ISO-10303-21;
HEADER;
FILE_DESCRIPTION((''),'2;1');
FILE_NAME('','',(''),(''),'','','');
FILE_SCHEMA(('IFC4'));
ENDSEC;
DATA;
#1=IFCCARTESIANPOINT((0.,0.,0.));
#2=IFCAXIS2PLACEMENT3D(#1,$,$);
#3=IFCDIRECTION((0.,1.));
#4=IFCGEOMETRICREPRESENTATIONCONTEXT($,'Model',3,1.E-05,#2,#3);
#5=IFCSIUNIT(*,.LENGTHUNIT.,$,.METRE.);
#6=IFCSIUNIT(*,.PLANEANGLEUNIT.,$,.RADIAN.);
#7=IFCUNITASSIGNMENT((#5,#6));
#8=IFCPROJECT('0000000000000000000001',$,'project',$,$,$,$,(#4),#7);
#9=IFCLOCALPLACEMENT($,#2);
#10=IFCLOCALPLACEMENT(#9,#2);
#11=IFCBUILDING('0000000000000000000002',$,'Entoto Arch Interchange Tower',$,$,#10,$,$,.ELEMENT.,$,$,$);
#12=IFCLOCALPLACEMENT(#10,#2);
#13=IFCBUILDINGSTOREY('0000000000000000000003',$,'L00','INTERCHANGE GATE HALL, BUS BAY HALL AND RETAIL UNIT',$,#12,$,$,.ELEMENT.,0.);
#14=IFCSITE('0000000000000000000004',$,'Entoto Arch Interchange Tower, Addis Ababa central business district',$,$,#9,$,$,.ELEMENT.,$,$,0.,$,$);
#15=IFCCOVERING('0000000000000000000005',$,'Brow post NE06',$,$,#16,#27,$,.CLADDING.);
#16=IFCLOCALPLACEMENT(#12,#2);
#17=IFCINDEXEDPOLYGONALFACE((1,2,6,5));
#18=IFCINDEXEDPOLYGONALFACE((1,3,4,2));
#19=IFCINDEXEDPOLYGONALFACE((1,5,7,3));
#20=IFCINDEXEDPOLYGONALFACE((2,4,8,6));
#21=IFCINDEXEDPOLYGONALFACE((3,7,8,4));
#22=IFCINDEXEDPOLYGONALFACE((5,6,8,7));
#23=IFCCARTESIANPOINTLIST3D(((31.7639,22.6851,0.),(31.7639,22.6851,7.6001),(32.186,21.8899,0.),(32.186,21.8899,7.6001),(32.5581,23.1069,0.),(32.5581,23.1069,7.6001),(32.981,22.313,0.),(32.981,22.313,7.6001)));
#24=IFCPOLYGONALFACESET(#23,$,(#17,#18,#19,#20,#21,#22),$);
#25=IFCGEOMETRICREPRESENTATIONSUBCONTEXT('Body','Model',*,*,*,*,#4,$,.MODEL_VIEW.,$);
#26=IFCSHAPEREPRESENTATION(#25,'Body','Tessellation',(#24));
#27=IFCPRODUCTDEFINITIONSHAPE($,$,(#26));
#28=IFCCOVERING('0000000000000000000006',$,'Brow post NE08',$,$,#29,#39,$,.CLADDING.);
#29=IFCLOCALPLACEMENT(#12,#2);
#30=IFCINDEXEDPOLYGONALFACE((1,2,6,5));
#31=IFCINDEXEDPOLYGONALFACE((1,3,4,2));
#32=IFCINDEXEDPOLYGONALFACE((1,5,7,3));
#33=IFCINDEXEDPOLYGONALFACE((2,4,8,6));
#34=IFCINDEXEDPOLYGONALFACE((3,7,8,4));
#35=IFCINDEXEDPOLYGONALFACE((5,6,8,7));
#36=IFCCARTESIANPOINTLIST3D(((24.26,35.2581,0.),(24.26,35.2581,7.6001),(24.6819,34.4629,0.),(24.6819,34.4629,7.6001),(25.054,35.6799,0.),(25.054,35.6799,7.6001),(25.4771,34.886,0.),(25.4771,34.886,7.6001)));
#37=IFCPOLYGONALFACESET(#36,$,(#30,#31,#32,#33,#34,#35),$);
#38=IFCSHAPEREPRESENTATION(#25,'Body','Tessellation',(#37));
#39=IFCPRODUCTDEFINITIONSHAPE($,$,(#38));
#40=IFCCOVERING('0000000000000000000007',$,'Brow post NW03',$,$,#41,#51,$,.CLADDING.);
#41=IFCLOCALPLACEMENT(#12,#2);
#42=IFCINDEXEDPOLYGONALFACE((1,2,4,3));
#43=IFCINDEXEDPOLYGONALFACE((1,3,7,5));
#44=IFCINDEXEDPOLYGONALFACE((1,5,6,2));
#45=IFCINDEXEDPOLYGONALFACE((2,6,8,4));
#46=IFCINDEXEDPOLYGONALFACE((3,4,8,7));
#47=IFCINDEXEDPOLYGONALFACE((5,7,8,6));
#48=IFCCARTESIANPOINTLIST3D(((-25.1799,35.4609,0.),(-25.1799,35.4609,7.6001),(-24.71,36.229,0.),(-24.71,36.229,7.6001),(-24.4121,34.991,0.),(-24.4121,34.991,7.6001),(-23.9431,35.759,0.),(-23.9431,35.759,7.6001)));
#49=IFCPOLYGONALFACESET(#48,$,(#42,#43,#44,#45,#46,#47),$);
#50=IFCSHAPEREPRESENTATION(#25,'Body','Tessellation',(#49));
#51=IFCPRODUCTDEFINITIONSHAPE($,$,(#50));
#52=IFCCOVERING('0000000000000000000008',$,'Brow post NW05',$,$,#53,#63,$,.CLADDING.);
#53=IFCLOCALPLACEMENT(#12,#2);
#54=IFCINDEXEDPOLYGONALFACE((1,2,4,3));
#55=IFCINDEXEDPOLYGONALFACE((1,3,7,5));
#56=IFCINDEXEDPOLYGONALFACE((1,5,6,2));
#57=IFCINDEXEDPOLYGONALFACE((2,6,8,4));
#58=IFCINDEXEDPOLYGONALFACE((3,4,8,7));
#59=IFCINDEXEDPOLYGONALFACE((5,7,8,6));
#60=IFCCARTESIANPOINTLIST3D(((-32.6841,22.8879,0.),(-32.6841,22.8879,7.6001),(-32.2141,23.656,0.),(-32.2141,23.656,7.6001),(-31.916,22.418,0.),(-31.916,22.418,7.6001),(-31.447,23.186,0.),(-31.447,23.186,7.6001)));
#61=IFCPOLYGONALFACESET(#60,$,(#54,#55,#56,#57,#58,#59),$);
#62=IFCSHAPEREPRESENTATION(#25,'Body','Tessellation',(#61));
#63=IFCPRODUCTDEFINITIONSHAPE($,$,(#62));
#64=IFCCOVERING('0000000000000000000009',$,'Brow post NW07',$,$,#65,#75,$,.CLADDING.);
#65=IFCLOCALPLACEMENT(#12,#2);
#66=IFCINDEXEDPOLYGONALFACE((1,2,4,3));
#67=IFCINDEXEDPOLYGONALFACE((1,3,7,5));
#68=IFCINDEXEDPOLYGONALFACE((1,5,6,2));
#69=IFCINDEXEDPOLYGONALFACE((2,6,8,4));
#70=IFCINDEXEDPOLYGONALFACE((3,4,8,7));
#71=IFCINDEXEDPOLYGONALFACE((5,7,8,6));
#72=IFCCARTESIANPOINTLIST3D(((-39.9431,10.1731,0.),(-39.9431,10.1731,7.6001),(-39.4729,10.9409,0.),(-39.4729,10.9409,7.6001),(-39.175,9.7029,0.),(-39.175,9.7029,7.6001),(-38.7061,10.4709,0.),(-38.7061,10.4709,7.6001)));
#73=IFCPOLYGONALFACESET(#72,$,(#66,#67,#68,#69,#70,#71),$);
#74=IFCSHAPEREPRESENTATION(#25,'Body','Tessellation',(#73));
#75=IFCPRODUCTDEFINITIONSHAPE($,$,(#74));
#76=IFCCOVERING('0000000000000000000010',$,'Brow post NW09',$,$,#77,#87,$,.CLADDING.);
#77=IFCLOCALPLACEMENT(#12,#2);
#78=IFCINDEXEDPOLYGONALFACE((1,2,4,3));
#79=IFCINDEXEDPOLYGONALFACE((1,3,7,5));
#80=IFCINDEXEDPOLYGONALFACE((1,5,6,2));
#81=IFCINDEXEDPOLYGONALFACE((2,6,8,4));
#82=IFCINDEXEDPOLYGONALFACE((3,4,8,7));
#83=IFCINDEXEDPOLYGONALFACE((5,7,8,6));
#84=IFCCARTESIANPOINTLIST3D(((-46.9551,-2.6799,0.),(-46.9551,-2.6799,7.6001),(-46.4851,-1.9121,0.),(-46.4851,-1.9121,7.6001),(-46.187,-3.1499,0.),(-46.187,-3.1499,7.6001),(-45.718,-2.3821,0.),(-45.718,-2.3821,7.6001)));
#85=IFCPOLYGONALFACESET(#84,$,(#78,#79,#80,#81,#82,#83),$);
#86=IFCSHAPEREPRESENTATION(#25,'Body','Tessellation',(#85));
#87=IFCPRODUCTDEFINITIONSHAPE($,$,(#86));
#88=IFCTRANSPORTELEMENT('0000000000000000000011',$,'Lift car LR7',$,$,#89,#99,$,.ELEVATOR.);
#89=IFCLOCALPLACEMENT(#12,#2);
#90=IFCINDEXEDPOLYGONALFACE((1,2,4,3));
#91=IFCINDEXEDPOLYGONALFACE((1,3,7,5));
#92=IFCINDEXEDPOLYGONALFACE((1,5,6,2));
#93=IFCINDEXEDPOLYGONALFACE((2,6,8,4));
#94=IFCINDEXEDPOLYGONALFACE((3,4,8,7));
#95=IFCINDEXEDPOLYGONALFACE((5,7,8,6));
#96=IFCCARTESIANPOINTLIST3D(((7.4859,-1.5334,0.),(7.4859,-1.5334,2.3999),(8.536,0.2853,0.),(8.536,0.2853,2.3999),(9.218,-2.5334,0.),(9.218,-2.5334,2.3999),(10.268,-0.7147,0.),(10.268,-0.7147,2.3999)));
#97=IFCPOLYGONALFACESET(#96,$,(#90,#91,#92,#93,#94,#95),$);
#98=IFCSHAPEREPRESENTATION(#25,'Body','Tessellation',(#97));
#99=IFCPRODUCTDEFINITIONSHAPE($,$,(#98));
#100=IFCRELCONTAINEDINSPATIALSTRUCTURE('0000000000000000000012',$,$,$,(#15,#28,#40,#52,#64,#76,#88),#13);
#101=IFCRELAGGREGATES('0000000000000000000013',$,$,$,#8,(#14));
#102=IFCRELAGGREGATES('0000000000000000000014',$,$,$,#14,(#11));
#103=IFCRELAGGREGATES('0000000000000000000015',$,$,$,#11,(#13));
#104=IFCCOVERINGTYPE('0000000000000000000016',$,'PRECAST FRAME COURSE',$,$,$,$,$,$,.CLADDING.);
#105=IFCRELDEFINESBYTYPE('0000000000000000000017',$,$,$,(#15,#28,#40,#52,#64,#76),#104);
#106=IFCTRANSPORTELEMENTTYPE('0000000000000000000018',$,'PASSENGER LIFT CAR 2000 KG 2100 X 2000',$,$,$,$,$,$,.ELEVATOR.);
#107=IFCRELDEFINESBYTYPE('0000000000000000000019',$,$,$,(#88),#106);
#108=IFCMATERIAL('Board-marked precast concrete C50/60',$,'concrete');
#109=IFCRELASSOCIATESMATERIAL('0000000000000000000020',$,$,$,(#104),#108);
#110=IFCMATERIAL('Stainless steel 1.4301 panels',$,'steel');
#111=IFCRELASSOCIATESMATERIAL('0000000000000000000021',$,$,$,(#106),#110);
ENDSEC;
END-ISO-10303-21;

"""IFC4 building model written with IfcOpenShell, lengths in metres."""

from ifc_helpers import new_model, si_unit, direction, frame, origin, origin_2d, place, context, subcontext, project, spatial, polyline, rectangle, outline, extrude, material, type_object, element, save


model = new_model("IFC4")

# Units and contexts
model_context = context("Model", 3, precision=1e-05, world=origin(), true_north=direction((0.0, 1.0)))
body_context = subcontext(model_context, "Body", "Model", "MODEL_VIEW")
ifc_project = project(units=[si_unit("LENGTHUNIT", "METRE"), si_unit("PLANEANGLEUNIT", "RADIAN")], contexts=[model_context])

# Site, building, storey
site_placement = place(None, origin())
site = spatial("IfcSite", under=ifc_project, at=site_placement, Name="Entoto Arch Interchange Tower, Addis Ababa central business district", CompositionType="ELEMENT", RefElevation=0.0)
building_placement = place(site_placement, origin())
building = spatial("IfcBuilding", under=site, at=building_placement, Name="Entoto Arch Interchange Tower", CompositionType="ELEMENT")
storey_placement = place(building_placement, origin())
storey = spatial("IfcBuildingStorey", under=building, at=storey_placement, Name="L00", Description="INTERCHANGE GATE HALL, BUS BAY HALL AND RETAIL UNIT", CompositionType="ELEMENT", Elevation=0.0)

# Shared definitions
ifc_material_1 = material(Name="Stainless steel 1.4301 panels", Category="steel")

# Coverings
ifc_material_2 = material(Name="Board-marked precast concrete C50/60", Category="concrete")
covering_type_1 = type_object("IfcCoveringType", Name="PRECAST FRAME COURSE", PredefinedType="CLADDING", material=ifc_material_2)
covering_1_placement = place(storey_placement, origin())
element("IfcCovering", 1, at=covering_1_placement, inside=storey, type_object=covering_type_1, Name="Brow post NE06", PredefinedType="CLADDING", context=body_context, shape_type="SweptSolid", body=[
    extrude(outline(polyline([(32.186, 21.8899), (32.981, 22.313), (32.5581, 23.1069), (31.7639, 22.6851), (32.186, 21.8899)])), origin(), (0.0, 0.0, 1.0), 7.6001),
])
covering_2_placement = place(storey_placement, origin())
element("IfcCovering", 2, at=covering_2_placement, inside=storey, type_object=covering_type_1, Name="Brow post NE08", PredefinedType="CLADDING", context=body_context, shape_type="SweptSolid", body=[
    extrude(outline(polyline([(24.6819, 34.4629), (25.4771, 34.886), (25.054, 35.6799), (24.26, 35.2581), (24.6819, 34.4629)])), origin(), (0.0, 0.0, 1.0), 7.6001),
])
covering_3_placement = place(storey_placement, origin())
element("IfcCovering", 3, at=covering_3_placement, inside=storey, type_object=covering_type_1, Name="Brow post NW03", PredefinedType="CLADDING", context=body_context, shape_type="SweptSolid", body=[
    extrude(outline(polyline([(-23.9431, 35.759), (-24.71, 36.229), (-25.1799, 35.4609), (-24.4121, 34.991), (-23.9431, 35.759)])), origin(), (0.0, 0.0, 1.0), 7.6001),
])
covering_4_placement = place(storey_placement, origin())
element("IfcCovering", 4, at=covering_4_placement, inside=storey, type_object=covering_type_1, Name="Brow post NW05", PredefinedType="CLADDING", context=body_context, shape_type="SweptSolid", body=[
    extrude(outline(polyline([(-31.447, 23.186), (-32.2141, 23.656), (-32.6841, 22.8879), (-31.916, 22.418), (-31.447, 23.186)])), origin(), (0.0, 0.0, 1.0), 7.6001),
])
covering_5_placement = place(storey_placement, origin())
element("IfcCovering", 5, at=covering_5_placement, inside=storey, type_object=covering_type_1, Name="Brow post NW07", PredefinedType="CLADDING", context=body_context, shape_type="SweptSolid", body=[
    extrude(outline(polyline([(-38.7061, 10.4709), (-39.4729, 10.9409), (-39.9431, 10.1731), (-39.175, 9.7029), (-38.7061, 10.4709)])), origin(), (0.0, 0.0, 1.0), 7.6001),
])
covering_6_placement = place(storey_placement, origin())
element("IfcCovering", 6, at=covering_6_placement, inside=storey, type_object=covering_type_1, Name="Brow post NW09", PredefinedType="CLADDING", context=body_context, shape_type="SweptSolid", body=[
    extrude(outline(polyline([(-45.718, -2.3821), (-46.4851, -1.9121), (-46.9551, -2.6799), (-46.187, -3.1499), (-45.718, -2.3821)])), origin(), (0.0, 0.0, 1.0), 7.6001),
])

# Transport element
transport_element_type = type_object("IfcTransportElementType", Name="PASSENGER LIFT CAR 2000 KG 2100 X 2000", PredefinedType="ELEVATOR", material=ifc_material_1)
transport_element_placement = place(storey_placement, frame((8.877, -1.124, 0.0), z_axis=(0.0, 0.0, 1.0), x_axis=(-0.5, -0.866025, 0.0)))
element("IfcTransportElement", 7, at=transport_element_placement, inside=storey, type_object=transport_element_type, Name="Lift car LR7", PredefinedType="ELEVATOR", context=body_context, shape_type="SweptSolid", body=[
    extrude(rectangle(XDim=2.1001, YDim=2.0, at=origin_2d()), origin(), (0.0, 0.0, 1.0), 2.3999),
])

save(model, "model.ifc")
